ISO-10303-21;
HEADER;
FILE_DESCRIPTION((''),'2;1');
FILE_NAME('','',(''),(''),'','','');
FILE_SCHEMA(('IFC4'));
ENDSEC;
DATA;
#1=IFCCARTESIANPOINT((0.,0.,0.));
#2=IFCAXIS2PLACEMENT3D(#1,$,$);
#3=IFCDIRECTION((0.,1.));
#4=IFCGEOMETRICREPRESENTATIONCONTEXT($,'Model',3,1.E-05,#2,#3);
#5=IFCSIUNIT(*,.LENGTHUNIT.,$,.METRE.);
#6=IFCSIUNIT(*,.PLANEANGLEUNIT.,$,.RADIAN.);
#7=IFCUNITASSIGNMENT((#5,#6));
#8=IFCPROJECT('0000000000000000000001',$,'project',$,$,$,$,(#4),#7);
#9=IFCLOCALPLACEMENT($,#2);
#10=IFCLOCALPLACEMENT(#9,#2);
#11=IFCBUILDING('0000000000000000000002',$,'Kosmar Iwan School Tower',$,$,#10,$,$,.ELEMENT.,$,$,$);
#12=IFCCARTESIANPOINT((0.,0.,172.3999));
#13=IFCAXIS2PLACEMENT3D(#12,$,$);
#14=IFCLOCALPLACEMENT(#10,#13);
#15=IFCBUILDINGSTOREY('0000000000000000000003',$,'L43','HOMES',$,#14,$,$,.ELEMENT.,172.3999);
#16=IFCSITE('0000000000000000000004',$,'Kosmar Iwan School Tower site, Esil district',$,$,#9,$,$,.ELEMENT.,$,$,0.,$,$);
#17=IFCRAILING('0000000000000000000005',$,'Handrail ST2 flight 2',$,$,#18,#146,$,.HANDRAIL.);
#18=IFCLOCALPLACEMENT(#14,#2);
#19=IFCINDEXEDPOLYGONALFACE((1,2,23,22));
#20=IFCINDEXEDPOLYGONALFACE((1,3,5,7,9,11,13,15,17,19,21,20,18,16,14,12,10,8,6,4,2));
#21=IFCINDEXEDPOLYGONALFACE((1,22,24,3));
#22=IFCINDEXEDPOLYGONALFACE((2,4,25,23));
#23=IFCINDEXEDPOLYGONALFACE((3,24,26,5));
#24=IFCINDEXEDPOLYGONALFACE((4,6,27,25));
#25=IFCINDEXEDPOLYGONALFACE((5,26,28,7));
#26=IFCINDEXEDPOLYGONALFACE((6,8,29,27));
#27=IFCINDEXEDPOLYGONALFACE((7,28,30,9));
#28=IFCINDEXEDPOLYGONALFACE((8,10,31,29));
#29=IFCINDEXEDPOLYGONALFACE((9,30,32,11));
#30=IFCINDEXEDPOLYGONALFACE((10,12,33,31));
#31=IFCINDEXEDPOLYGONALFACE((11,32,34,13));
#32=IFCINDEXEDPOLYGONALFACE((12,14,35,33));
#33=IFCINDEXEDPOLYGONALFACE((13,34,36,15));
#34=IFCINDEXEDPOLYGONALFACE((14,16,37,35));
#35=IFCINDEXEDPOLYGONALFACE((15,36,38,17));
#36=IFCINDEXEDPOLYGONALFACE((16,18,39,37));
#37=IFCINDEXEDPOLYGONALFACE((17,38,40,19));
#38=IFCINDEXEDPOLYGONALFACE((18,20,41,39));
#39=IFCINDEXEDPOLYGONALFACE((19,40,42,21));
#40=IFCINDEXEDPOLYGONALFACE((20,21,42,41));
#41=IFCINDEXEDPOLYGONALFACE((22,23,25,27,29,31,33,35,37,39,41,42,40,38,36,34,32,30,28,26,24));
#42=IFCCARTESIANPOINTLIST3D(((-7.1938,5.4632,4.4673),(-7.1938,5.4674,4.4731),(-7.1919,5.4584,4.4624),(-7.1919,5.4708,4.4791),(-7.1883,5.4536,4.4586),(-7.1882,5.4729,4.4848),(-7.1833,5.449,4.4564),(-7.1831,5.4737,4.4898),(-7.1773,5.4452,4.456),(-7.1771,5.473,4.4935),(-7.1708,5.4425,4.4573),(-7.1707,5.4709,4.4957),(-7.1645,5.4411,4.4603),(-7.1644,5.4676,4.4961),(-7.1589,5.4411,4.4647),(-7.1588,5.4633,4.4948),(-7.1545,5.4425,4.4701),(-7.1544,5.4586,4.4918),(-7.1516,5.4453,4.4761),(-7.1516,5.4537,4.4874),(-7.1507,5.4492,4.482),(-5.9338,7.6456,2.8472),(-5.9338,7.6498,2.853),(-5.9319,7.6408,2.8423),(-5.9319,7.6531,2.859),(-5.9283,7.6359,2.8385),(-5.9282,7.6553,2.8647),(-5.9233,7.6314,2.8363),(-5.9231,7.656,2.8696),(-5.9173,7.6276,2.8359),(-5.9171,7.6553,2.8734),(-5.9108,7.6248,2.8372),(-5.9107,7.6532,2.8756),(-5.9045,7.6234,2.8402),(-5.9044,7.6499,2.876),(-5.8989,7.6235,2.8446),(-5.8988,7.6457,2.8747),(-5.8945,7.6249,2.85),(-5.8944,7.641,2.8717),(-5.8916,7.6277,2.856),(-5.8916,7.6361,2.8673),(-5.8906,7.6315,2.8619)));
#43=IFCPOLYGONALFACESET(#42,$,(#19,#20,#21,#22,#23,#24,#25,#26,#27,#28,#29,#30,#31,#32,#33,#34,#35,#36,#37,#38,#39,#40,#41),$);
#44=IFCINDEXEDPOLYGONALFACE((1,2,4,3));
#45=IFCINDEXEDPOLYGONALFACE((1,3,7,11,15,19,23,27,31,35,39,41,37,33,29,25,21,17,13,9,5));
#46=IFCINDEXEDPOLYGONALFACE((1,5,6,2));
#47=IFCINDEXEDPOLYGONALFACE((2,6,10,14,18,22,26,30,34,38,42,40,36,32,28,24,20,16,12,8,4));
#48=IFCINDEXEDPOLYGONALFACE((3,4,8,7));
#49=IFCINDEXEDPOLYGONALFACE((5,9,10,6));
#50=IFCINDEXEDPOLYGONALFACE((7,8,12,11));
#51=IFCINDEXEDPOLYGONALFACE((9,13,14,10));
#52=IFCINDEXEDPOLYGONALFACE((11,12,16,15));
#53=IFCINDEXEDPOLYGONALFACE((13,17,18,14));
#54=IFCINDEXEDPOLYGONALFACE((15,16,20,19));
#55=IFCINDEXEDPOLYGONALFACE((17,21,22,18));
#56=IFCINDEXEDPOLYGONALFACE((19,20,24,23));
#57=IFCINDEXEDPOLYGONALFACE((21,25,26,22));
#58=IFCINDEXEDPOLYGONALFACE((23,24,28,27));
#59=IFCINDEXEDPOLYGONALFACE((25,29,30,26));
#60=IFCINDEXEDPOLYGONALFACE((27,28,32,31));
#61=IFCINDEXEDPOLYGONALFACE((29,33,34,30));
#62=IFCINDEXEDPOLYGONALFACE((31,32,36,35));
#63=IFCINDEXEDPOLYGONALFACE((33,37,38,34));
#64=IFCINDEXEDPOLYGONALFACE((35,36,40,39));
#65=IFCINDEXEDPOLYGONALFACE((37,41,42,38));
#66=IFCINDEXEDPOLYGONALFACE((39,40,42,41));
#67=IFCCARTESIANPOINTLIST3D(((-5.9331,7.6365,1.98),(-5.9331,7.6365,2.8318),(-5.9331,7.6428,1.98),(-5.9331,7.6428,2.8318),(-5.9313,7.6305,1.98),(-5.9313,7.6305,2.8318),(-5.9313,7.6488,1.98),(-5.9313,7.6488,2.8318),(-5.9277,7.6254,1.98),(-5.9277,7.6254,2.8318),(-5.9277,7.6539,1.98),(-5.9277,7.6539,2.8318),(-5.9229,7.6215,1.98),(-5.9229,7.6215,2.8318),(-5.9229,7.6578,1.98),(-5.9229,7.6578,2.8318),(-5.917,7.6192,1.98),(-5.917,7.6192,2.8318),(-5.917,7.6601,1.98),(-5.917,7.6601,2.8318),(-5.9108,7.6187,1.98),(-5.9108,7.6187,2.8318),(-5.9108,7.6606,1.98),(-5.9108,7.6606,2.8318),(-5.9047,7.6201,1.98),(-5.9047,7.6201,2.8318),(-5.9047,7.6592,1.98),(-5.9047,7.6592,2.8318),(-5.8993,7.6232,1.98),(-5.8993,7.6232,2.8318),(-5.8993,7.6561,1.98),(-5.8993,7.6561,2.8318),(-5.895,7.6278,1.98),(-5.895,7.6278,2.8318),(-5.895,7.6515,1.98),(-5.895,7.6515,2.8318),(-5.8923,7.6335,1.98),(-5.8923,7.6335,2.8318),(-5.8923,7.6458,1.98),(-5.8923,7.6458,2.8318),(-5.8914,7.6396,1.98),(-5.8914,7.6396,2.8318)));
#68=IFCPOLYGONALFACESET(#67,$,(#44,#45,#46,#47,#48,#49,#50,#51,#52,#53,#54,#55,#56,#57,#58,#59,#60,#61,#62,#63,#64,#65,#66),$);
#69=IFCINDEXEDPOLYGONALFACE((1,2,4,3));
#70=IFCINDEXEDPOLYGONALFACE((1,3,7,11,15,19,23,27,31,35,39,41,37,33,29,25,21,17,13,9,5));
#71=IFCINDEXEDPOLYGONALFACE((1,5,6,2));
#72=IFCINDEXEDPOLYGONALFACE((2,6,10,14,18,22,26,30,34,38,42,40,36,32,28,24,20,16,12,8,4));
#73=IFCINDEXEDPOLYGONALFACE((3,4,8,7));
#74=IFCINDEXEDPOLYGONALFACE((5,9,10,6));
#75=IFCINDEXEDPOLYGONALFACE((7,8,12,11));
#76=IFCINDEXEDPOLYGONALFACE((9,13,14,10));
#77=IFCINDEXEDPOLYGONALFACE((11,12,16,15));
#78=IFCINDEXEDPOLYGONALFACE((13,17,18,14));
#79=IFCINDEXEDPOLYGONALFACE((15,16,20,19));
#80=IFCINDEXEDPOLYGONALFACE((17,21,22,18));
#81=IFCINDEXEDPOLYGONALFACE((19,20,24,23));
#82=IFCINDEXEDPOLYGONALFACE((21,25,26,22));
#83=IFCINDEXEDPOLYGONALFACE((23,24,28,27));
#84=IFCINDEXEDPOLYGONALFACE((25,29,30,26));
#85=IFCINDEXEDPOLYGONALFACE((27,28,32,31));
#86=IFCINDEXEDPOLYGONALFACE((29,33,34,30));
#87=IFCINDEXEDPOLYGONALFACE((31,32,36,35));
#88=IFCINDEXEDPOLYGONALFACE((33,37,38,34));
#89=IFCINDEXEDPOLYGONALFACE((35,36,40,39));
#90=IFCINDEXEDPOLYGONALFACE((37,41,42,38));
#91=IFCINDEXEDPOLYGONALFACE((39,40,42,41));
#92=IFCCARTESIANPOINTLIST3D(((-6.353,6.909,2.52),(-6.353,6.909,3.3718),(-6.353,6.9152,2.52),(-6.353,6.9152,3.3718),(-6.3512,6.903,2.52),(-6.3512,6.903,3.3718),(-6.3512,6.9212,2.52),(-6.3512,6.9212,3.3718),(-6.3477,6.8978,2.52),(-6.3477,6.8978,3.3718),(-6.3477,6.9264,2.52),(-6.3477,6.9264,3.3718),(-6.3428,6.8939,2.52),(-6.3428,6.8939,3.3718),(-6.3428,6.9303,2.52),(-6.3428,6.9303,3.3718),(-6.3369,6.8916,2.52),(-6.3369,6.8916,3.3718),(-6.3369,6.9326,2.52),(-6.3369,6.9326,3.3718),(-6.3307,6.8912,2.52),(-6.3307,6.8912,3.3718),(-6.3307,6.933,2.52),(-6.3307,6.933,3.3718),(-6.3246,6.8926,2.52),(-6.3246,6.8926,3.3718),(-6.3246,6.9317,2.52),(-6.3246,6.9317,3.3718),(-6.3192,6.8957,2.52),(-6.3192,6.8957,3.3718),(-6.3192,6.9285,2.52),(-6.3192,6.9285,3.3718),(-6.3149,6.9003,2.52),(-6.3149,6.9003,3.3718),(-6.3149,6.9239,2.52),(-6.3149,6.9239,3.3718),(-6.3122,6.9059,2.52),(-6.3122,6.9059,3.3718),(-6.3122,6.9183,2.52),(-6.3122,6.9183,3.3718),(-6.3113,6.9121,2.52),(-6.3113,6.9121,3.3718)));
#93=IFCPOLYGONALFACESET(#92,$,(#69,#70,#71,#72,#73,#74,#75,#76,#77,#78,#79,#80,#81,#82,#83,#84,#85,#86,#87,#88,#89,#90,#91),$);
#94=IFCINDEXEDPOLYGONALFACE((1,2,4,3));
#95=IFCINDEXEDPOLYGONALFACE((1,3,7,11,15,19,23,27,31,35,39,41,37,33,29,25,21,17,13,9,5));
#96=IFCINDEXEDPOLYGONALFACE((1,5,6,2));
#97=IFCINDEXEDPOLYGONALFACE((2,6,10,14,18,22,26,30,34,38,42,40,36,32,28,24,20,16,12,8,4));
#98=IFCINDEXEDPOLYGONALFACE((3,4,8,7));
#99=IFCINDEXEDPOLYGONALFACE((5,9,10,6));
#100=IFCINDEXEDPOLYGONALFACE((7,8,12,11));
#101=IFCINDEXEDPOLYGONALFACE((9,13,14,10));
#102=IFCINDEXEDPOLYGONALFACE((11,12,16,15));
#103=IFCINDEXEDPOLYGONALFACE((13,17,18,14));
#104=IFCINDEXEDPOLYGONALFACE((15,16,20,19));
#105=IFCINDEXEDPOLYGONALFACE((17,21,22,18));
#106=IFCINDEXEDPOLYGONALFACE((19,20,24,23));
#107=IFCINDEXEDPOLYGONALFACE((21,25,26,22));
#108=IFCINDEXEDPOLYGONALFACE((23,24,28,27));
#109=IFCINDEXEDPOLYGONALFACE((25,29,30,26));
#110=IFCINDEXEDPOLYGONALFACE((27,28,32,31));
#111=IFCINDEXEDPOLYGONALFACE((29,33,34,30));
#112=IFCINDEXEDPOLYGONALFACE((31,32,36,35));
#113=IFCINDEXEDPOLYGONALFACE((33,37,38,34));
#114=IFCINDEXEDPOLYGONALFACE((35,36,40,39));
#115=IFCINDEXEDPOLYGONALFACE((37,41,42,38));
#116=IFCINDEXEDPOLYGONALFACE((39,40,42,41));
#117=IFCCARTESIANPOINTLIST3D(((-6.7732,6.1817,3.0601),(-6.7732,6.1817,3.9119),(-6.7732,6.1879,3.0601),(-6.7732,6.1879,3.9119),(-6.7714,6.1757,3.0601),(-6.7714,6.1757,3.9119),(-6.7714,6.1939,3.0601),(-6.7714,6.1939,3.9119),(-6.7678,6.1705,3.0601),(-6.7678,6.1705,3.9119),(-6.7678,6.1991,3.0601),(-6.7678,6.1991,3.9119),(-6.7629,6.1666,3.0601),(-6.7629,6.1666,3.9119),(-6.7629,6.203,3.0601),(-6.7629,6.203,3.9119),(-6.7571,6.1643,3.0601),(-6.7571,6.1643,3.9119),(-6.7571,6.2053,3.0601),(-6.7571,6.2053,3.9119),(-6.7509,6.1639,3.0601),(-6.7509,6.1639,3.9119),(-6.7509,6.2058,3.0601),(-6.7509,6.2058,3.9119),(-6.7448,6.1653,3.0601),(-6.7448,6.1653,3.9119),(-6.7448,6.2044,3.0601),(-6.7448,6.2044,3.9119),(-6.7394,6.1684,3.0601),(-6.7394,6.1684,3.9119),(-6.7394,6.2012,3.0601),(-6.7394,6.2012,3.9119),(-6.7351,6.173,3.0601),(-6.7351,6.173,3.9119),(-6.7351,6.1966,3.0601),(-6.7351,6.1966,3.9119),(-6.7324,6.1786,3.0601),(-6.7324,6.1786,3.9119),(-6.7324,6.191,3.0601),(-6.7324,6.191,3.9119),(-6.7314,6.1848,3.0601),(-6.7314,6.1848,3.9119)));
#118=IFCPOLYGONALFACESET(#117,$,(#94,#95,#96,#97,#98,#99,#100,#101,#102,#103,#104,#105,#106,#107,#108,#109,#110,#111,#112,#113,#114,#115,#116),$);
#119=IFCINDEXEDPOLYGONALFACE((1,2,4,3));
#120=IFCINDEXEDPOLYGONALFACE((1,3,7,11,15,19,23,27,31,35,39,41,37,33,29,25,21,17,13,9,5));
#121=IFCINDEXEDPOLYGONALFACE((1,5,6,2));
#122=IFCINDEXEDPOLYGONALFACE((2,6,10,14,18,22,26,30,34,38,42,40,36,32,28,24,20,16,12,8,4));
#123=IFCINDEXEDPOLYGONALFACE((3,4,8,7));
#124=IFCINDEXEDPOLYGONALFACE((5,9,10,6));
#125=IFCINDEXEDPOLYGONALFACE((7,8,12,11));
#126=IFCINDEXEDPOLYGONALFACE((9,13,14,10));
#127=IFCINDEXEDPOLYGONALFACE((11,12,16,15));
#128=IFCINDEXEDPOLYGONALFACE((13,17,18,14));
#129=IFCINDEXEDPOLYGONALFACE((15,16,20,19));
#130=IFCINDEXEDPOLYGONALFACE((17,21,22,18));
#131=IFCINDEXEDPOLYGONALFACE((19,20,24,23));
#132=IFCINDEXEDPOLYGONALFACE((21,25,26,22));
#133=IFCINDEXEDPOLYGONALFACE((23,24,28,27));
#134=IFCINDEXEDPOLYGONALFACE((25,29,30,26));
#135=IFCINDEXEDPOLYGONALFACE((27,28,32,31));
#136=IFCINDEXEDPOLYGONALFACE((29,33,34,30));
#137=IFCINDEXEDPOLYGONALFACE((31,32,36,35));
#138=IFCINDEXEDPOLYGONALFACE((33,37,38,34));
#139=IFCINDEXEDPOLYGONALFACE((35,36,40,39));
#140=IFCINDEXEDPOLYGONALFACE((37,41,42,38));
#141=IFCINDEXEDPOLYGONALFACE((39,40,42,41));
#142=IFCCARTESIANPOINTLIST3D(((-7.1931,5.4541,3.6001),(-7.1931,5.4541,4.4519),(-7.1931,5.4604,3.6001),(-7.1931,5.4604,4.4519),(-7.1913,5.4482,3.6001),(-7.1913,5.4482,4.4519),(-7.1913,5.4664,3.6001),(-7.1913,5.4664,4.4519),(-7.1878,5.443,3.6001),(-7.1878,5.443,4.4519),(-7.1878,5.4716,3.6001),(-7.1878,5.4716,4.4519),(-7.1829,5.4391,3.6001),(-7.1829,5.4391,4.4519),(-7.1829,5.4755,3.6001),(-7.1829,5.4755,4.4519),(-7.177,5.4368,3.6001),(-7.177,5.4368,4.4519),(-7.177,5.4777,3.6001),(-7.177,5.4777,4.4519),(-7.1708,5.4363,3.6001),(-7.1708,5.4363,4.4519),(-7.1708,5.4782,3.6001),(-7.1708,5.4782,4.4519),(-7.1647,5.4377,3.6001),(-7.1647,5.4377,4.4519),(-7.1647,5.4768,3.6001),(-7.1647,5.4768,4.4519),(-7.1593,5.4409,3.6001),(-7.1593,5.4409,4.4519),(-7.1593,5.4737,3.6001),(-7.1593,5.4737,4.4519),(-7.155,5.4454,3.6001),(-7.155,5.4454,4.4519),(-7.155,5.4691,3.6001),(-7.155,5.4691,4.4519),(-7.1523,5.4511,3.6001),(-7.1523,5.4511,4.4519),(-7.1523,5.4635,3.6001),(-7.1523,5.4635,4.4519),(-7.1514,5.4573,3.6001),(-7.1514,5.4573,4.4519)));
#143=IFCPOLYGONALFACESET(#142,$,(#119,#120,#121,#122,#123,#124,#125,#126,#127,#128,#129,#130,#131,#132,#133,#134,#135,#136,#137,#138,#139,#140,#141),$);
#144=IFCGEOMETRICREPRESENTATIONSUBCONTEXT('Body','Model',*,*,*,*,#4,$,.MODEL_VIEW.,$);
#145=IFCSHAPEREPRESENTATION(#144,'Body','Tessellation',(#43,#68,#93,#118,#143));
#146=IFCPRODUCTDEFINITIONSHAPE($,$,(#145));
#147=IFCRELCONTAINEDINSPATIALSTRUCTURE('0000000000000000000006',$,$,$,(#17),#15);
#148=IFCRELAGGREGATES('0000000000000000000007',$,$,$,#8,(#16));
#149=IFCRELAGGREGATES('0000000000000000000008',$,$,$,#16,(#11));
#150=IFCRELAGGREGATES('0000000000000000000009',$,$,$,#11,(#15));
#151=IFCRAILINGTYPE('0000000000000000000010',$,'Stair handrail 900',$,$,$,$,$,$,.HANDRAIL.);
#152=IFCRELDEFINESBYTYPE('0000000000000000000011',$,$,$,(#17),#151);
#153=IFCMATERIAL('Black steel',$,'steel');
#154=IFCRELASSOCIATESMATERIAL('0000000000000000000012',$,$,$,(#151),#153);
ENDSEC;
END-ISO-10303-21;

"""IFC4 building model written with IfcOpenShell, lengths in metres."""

from ifc_helpers import new_model, si_unit, direction, frame, origin, origin_2d, place, context, subcontext, project, spatial, circle, extrude, material, type_object, element, save


model = new_model("IFC4")

# Units and contexts
model_context = context("Model", 3, precision=1e-05, world=origin(), true_north=direction((0.0, 1.0)))
body_context = subcontext(model_context, "Body", "Model", "MODEL_VIEW")
ifc_project = project(units=[si_unit("LENGTHUNIT", "METRE"), si_unit("PLANEANGLEUNIT", "RADIAN")], contexts=[model_context])

# Site, building, storey
site_placement = place(None, origin())
site = spatial("IfcSite", under=ifc_project, at=site_placement, Name="Kosmar Iwan School Tower site, Esil district", CompositionType="ELEMENT", RefElevation=0.0)
building_placement = place(site_placement, origin())
building = spatial("IfcBuilding", under=site, at=building_placement, Name="Kosmar Iwan School Tower", CompositionType="ELEMENT")
storey_placement = place(building_placement, frame((0.0, 0.0, 172.3999)))
storey = spatial("IfcBuildingStorey", under=building, at=storey_placement, Name="L43", Description="HOMES", CompositionType="ELEMENT", Elevation=172.3999)

# Railing
ifc_material_1 = material(Name="Black steel", Category="steel")
railing_type = type_object("IfcRailingType", Name="Stair handrail 900", PredefinedType="HANDRAIL", material=ifc_material_1)
railing_placement = place(storey_placement, frame((-5.9124, 7.6396, 1.98)))
element("IfcRailing", 1, at=railing_placement, inside=storey, type_object=railing_type, Name="Handrail ST2 flight 2", PredefinedType="HANDRAIL", context=body_context, shape_type="SweptSolid", body=[
    extrude(circle(Radius=0.0239, at=origin_2d()), frame((0.0, 0.0, 0.876), z_axis=(-0.420584, -0.728464, 0.540786), x_axis=(0.866023, -0.500005, 0.0)), (0.0, 0.0, 1.0), 2.9958),
    extrude(circle(Radius=0.021, at=origin_2d()), origin(), (0.0, 0.0, 1.0), 0.8518),
    extrude(circle(Radius=0.021, at=origin_2d()), frame((-0.4199, -0.7275, 0.54)), (0.0, 0.0, 1.0), 0.8518),
    extrude(circle(Radius=0.021, at=origin_2d()), frame((-0.8401, -1.4548, 1.0801)), (0.0, 0.0, 1.0), 0.8518),
    extrude(circle(Radius=0.021, at=origin_2d()), frame((-1.26, -2.1824, 1.6201)), (0.0, 0.0, 1.0), 0.8518),
])

save(model, "model.ifc")
